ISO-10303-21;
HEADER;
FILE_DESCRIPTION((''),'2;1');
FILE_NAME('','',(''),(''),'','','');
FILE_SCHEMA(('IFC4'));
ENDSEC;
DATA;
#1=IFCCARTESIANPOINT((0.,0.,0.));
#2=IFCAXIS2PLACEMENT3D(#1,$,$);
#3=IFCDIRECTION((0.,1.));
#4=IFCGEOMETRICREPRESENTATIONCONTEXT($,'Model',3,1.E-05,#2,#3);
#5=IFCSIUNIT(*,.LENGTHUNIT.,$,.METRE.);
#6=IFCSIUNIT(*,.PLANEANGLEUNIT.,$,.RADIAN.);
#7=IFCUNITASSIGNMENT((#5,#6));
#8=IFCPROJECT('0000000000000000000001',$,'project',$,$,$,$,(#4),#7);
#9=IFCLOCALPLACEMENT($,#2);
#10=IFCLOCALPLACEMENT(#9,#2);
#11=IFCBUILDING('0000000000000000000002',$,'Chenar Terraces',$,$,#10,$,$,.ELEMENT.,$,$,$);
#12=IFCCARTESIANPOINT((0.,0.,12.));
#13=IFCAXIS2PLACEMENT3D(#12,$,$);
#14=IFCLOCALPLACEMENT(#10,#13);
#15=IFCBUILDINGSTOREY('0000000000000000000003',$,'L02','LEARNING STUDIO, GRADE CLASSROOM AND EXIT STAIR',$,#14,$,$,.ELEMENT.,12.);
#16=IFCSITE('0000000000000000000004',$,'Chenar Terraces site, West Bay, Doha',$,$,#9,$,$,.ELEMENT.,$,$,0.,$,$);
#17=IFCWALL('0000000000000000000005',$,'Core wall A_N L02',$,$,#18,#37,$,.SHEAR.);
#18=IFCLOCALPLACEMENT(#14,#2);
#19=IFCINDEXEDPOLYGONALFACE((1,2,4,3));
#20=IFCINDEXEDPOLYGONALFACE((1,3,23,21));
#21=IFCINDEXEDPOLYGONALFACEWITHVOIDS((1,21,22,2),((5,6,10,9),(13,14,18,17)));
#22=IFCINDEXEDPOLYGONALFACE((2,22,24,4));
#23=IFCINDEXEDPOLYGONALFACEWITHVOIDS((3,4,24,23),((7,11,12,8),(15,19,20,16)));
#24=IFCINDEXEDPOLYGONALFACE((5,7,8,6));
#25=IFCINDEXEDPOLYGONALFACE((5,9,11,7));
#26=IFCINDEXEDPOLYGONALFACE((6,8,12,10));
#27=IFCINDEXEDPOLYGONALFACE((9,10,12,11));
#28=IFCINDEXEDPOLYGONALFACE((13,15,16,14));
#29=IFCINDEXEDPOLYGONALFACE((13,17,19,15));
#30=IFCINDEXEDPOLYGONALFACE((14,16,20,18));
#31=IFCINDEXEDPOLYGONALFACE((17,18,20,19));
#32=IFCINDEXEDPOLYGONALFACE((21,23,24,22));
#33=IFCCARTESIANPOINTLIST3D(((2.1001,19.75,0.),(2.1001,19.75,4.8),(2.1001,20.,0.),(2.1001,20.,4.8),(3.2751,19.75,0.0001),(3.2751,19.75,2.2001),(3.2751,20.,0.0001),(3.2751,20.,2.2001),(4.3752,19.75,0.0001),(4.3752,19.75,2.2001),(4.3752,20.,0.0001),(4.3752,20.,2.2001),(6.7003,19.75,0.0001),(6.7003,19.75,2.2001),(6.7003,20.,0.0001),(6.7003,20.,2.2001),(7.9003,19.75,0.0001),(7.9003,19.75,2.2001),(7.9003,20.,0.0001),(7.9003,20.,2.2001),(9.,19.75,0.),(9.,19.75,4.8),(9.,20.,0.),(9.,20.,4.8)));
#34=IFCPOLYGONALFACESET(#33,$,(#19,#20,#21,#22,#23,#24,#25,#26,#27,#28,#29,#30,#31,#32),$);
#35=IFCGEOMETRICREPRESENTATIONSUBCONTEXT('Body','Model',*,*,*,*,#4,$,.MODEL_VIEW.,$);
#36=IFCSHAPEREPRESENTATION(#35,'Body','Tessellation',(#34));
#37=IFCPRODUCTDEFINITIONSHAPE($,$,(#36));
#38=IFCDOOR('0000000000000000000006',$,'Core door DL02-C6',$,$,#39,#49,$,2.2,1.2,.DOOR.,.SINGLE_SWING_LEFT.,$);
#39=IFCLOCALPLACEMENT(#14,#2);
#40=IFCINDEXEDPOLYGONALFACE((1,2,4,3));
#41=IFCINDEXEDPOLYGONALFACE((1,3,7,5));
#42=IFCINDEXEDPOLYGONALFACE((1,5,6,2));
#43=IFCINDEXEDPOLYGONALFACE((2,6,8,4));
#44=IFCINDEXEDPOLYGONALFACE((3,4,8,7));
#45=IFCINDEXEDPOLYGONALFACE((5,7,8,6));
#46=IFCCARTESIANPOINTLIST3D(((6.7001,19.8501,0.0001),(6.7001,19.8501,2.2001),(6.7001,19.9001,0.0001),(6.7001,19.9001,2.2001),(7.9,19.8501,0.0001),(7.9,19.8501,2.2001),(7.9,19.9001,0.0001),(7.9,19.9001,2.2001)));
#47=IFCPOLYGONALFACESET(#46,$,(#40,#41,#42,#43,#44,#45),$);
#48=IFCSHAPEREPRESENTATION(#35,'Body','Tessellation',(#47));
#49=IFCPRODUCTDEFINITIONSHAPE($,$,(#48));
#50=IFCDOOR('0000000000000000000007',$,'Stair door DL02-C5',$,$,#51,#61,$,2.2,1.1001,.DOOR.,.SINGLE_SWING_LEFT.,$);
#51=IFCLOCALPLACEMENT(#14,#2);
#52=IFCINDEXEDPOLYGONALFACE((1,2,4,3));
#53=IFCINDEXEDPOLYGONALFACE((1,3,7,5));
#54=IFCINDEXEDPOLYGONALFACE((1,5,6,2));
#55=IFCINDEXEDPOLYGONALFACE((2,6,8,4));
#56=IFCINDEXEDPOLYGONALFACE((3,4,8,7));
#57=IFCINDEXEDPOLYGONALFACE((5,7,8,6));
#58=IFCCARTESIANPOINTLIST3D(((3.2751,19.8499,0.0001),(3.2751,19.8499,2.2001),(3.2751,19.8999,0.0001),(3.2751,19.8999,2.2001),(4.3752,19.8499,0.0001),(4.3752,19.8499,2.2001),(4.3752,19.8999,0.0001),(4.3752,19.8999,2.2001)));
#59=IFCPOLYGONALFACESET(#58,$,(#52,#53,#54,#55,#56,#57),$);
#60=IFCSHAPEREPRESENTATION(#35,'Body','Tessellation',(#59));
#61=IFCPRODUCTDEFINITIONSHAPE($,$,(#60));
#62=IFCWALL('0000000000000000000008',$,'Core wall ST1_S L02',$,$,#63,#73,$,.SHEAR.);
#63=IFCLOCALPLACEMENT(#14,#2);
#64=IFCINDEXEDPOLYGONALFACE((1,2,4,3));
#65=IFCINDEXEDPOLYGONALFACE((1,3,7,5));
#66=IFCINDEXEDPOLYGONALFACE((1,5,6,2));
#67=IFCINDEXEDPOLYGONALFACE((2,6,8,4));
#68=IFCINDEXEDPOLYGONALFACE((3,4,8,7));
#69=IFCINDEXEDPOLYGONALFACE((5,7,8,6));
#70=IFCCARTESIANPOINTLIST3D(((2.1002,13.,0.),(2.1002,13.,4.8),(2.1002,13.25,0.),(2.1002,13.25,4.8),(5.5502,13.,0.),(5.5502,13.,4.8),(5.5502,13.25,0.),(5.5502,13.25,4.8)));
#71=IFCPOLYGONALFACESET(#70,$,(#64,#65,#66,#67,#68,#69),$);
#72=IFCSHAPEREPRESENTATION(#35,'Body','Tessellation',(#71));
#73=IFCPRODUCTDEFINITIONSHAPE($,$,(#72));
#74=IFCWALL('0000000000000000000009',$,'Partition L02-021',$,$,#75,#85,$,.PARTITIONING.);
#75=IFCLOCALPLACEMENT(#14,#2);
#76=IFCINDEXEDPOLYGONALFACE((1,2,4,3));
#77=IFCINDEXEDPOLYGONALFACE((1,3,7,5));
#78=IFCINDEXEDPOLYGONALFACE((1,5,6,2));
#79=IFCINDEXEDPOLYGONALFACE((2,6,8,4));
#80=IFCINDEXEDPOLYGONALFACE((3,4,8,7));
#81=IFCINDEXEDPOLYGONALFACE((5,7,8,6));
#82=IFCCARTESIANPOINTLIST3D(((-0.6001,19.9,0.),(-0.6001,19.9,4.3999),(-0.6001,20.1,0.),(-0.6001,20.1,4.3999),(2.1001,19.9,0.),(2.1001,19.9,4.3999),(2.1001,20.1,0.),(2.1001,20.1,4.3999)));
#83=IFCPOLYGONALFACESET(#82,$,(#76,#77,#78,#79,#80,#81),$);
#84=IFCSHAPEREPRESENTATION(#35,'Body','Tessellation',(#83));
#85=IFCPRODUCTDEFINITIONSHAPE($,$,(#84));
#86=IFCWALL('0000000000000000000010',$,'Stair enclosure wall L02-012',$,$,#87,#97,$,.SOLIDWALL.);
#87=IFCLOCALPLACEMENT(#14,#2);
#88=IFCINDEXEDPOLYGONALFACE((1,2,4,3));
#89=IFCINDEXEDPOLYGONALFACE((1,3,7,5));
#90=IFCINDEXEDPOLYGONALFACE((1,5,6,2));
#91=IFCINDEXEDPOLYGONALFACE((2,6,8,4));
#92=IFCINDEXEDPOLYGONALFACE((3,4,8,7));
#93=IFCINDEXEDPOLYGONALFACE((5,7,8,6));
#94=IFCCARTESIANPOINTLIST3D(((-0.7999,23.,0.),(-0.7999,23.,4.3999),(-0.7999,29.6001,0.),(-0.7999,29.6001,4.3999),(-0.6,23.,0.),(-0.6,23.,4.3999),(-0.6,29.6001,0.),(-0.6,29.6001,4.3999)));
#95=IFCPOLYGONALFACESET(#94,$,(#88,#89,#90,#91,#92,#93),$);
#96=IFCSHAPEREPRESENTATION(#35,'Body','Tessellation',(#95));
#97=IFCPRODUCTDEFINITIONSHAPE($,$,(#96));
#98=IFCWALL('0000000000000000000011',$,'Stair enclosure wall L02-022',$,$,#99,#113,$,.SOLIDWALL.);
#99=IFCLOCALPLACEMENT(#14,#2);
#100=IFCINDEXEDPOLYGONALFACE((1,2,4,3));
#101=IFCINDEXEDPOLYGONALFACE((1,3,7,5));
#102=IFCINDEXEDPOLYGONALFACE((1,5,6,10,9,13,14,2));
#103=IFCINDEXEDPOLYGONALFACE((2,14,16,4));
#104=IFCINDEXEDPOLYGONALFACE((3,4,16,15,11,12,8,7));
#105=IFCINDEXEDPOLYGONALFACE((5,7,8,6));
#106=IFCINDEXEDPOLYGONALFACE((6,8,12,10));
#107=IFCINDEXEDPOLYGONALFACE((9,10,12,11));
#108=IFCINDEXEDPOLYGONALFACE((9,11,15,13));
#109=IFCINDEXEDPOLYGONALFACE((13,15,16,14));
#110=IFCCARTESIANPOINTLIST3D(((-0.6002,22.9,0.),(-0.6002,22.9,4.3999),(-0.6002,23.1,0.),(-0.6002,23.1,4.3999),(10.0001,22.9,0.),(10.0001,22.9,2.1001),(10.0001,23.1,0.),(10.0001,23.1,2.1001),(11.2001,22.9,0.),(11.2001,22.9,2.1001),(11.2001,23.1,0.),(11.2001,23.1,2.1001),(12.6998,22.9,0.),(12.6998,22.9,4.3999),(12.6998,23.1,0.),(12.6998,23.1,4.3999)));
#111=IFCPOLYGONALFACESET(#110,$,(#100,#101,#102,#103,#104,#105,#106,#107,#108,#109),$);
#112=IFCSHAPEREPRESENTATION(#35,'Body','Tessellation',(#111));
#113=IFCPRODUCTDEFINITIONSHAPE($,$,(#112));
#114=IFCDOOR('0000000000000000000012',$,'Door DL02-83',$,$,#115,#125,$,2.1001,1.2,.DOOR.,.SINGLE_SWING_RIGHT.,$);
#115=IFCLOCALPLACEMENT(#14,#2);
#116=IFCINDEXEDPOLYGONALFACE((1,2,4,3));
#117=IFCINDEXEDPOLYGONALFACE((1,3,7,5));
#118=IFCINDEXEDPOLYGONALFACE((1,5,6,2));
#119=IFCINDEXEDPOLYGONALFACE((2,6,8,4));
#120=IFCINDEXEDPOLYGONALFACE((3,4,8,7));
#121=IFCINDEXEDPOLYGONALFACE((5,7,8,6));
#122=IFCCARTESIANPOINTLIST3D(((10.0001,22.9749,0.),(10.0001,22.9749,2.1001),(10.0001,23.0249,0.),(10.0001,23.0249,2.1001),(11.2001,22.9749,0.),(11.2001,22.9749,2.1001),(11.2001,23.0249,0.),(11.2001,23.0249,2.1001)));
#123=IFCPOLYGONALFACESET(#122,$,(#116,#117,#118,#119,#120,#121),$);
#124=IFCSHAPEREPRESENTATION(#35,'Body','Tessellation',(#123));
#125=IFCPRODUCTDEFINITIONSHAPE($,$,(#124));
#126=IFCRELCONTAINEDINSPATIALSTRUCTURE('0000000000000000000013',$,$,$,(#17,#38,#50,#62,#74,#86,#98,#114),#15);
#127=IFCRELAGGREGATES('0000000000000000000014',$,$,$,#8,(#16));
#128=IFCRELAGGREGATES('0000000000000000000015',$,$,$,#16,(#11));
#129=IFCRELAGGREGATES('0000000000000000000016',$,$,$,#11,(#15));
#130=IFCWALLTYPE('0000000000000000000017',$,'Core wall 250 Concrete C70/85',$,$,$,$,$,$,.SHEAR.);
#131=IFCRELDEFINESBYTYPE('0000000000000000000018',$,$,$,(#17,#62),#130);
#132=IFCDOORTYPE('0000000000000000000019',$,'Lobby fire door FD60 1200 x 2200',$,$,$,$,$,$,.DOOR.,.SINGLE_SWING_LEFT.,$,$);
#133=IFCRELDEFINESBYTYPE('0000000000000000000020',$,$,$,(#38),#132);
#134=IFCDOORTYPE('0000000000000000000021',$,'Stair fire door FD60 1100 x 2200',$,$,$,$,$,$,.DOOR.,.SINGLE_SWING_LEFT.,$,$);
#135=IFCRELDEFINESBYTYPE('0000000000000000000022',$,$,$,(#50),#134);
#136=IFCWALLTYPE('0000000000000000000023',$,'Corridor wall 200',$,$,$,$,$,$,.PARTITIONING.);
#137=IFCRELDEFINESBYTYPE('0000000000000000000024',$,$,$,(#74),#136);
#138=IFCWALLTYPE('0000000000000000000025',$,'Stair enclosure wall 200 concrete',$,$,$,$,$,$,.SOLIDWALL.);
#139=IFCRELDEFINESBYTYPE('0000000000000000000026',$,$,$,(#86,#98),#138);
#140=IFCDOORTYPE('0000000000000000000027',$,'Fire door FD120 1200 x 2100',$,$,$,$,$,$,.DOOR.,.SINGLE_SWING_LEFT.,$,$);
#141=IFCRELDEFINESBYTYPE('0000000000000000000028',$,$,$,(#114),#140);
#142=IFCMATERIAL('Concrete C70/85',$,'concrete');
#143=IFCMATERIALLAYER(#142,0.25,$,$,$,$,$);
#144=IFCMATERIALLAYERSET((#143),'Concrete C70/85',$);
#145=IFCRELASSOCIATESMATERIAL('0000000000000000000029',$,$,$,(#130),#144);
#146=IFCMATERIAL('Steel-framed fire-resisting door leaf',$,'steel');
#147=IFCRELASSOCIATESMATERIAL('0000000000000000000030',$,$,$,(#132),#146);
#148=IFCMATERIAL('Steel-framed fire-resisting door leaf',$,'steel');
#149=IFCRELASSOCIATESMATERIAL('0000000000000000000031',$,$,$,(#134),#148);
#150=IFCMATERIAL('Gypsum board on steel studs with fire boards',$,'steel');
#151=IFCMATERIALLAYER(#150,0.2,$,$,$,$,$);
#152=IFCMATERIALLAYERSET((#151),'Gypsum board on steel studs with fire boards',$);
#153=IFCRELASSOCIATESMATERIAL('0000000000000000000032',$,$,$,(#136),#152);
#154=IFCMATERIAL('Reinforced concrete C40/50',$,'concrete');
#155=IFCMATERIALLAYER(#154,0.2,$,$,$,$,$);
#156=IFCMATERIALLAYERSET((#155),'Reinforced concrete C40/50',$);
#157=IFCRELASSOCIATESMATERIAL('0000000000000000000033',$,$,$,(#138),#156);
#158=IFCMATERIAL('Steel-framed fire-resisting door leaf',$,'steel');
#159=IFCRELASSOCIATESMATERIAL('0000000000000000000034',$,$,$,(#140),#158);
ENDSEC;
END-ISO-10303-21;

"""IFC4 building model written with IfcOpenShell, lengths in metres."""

from ifc_helpers import new_model, si_unit, direction, frame, frame_2d, origin, place, context, subcontext, project, spatial, rectangle, extrude, material, layer, layer_set, type_object, element, fill, save


model = new_model("IFC4")

# Units and contexts
model_context = context("Model", 3, precision=1e-05, world=origin(), true_north=direction((0.0, 1.0)))
body_context = subcontext(model_context, "Body", "Model", "MODEL_VIEW")
ifc_project = project(units=[si_unit("LENGTHUNIT", "METRE"), si_unit("PLANEANGLEUNIT", "RADIAN")], contexts=[model_context])

# Site, building, storey
site_placement = place(None, origin())
site = spatial("IfcSite", under=ifc_project, at=site_placement, Name="Chenar Terraces site, West Bay, Doha", CompositionType="ELEMENT", RefElevation=0.0)
building_placement = place(site_placement, origin())
building = spatial("IfcBuilding", under=site, at=building_placement, Name="Chenar Terraces", CompositionType="ELEMENT")
storey_placement = place(building_placement, frame((0.0, 0.0, 12.0)))
storey = spatial("IfcBuildingStorey", under=building, at=storey_placement, Name="L02", Description="LEARNING STUDIO, GRADE CLASSROOM AND EXIT STAIR", CompositionType="ELEMENT", Elevation=12.0)

# Wall, openings, doors
ifc_material_1 = material(Name="Concrete C70/85", Category="concrete")
ifc_layer_1 = layer(ifc_material_1, 0.25)
ifc_layer_set_1 = layer_set([ifc_layer_1], Name="Concrete C70/85")
wall_type_1 = type_object("IfcWallType", Name="Core wall 250 Concrete C70/85", PredefinedType="SHEAR", material=ifc_layer_set_1)
wall_1_placement = place(storey_placement, frame((2.1001, 19.875, 0.0), z_axis=(0.0, 0.0, 1.0), x_axis=(1.0, 0.0, 0.0)))
wall_1 = element("IfcWall", 1, at=wall_1_placement, inside=storey, type_object=wall_type_1, Name="Core wall A_N L02", PredefinedType="SHEAR", context=body_context, shape_type="SweptSolid", body=[
    extrude(rectangle(XDim=6.8999, YDim=0.25, at=frame_2d((3.45, 0.0))), origin(), (0.0, 0.0, 1.0), 4.8),
])
opening_1_placement = place(wall_1_placement, frame((1.175, 0.0, 0.0)))
opening_1 = element("IfcOpeningElement", 2, at=opening_1_placement, cuts=wall_1, PredefinedType="OPENING", context=body_context, shape_type="SweptSolid", body=[
    extrude(rectangle(XDim=1.1001, YDim=2.2, at=frame_2d((0.55, 1.1001))), frame((0.0, 0.135, 0.0), z_axis=(0.0, -1.0, 0.0), x_axis=(1.0, 0.0, 0.0)), (0.0, 0.0, 1.0), 0.27),
])
opening_2_placement = place(wall_1_placement, frame((4.6001, 0.0, 0.0)))
opening_2 = element("IfcOpeningElement", 3, at=opening_2_placement, cuts=wall_1, PredefinedType="OPENING", context=body_context, shape_type="SweptSolid", body=[
    extrude(rectangle(XDim=1.2, YDim=2.2, at=frame_2d((0.6001, 1.1001))), frame((0.0, 0.135, 0.0), z_axis=(0.0, -1.0, 0.0), x_axis=(1.0, 0.0, 0.0)), (0.0, 0.0, 1.0), 0.27),
])
ifc_material_2 = material(Name="Steel-framed fire-resisting door leaf", Category="steel")
door_type_1 = type_object("IfcDoorType", Name="Lobby fire door FD60 1200 x 2200", OperationType="SINGLE_SWING_LEFT", PredefinedType="DOOR", material=ifc_material_2)
door_1_placement = place(opening_2_placement, frame((1.2, 0.0, 0.0), z_axis=(0.0, 0.0, 1.0), x_axis=(-1.0, 0.0, 0.0)))
door_1 = element("IfcDoor", 4, at=door_1_placement, inside=storey, type_object=door_type_1, Name="Core door DL02-C6", OperationType="SINGLE_SWING_LEFT", OverallHeight=2.2, OverallWidth=1.2, PredefinedType="DOOR", context=body_context, shape_type="SweptSolid", body=[
    extrude(rectangle(XDim=1.2, YDim=2.2, at=frame_2d((0.6001, 1.1001))), frame((0.0, 0.0249, 0.0), z_axis=(0.0, -1.0, 0.0), x_axis=(1.0, 0.0, 0.0)), (0.0, 0.0, 1.0), 0.05),
])
fill(opening_2, door_1)
ifc_material_3 = material(Name="Steel-framed fire-resisting door leaf", Category="steel")
door_type_2 = type_object("IfcDoorType", Name="Stair fire door FD60 1100 x 2200", OperationType="SINGLE_SWING_LEFT", PredefinedType="DOOR", material=ifc_material_3)
door_2_placement = place(opening_1_placement, origin())
door_2 = element("IfcDoor", 5, at=door_2_placement, inside=storey, type_object=door_type_2, Name="Stair door DL02-C5", OperationType="SINGLE_SWING_LEFT", OverallHeight=2.2, OverallWidth=1.1001, PredefinedType="DOOR", context=body_context, shape_type="SweptSolid", body=[
    extrude(rectangle(XDim=1.1001, YDim=2.2, at=frame_2d((0.55, 1.1001))), frame((0.0, 0.0249, 0.0), z_axis=(0.0, -1.0, 0.0), x_axis=(1.0, 0.0, 0.0)), (0.0, 0.0, 1.0), 0.05),
])
fill(opening_1, door_2)

# Walls
wall_2_placement = place(storey_placement, frame((2.1001, 13.125, 0.0), z_axis=(0.0, 0.0, 1.0), x_axis=(1.0, 0.0, 0.0)))
element("IfcWall", 6, at=wall_2_placement, inside=storey, type_object=wall_type_1, Name="Core wall ST1_S L02", PredefinedType="SHEAR", context=body_context, shape_type="SweptSolid", body=[
    extrude(rectangle(XDim=3.45, YDim=0.25, at=frame_2d((1.7251, 0.0))), origin(), (0.0, 0.0, 1.0), 4.8),
])
ifc_material_4 = material(Name="Gypsum board on steel studs with fire boards", Category="steel")
ifc_layer_2 = layer(ifc_material_4, 0.2)
ifc_layer_set_2 = layer_set([ifc_layer_2], Name="Gypsum board on steel studs with fire boards")
wall_type_2 = type_object("IfcWallType", Name="Corridor wall 200", PredefinedType="PARTITIONING", material=ifc_layer_set_2)
wall_3_placement = place(storey_placement, frame((-0.6001, 20.0, 0.0), z_axis=(0.0, 0.0, 1.0), x_axis=(1.0, 0.0, 0.0)))
element("IfcWall", 7, at=wall_3_placement, inside=storey, type_object=wall_type_2, Name="Partition L02-021", PredefinedType="PARTITIONING", context=body_context, shape_type="SweptSolid", body=[
    extrude(rectangle(XDim=2.7002, YDim=0.2, at=frame_2d((1.3501, 0.0))), origin(), (0.0, 0.0, 1.0), 4.3999),
])

# Wall
ifc_material_5 = material(Name="Reinforced concrete C40/50", Category="concrete")
ifc_layer_3 = layer(ifc_material_5, 0.2)
ifc_layer_set_3 = layer_set([ifc_layer_3], Name="Reinforced concrete C40/50")
wall_type_3 = type_object("IfcWallType", Name="Stair enclosure wall 200 concrete", PredefinedType="SOLIDWALL", material=ifc_layer_set_3)
wall_4_placement = place(storey_placement, frame((-0.7, 23.0, 0.0), z_axis=(0.0, 0.0, 1.0), x_axis=(0.0, 1.0, 0.0)))
element("IfcWall", 8, at=wall_4_placement, inside=storey, type_object=wall_type_3, Name="Stair enclosure wall L02-012", PredefinedType="SOLIDWALL", context=body_context, shape_type="SweptSolid", body=[
    extrude(rectangle(XDim=6.6001, YDim=0.2, at=frame_2d((3.3, 0.0))), origin(), (0.0, 0.0, 1.0), 4.3999),
])

# Wall, opening, door
wall_5_placement = place(storey_placement, frame((-0.6001, 23.0, 0.0), z_axis=(0.0, 0.0, 1.0), x_axis=(1.0, 0.0, 0.0)))
wall_5 = element("IfcWall", 9, at=wall_5_placement, inside=storey, type_object=wall_type_3, Name="Stair enclosure wall L02-022", PredefinedType="SOLIDWALL", context=body_context, shape_type="SweptSolid", body=[
    extrude(rectangle(XDim=13.3, YDim=0.2, at=frame_2d((6.6499, 0.0))), origin(), (0.0, 0.0, 1.0), 4.3999),
])
opening_3_placement = place(wall_5_placement, frame((10.6001, 0.0, 0.0)))
opening_3 = element("IfcOpeningElement", 10, at=opening_3_placement, cuts=wall_5, PredefinedType="OPENING", context=body_context, shape_type="SweptSolid", body=[
    extrude(rectangle(XDim=1.2, YDim=2.1001, at=frame_2d((0.6001, 1.05))), frame((0.0, 0.1099, 0.0), z_axis=(0.0, -1.0, 0.0), x_axis=(1.0, 0.0, 0.0)), (0.0, 0.0, 1.0), 0.22),
])
ifc_material_6 = material(Name="Steel-framed fire-resisting door leaf", Category="steel")
door_type_3 = type_object("IfcDoorType", Name="Fire door FD120 1200 x 2100", OperationType="SINGLE_SWING_LEFT", PredefinedType="DOOR", material=ifc_material_6)
door_3_placement = place(opening_3_placement, origin())
door_3 = element("IfcDoor", 11, at=door_3_placement, inside=storey, type_object=door_type_3, Name="Door DL02-83", OperationType="SINGLE_SWING_RIGHT", OverallHeight=2.1001, OverallWidth=1.2, PredefinedType="DOOR", context=body_context, shape_type="SweptSolid", body=[
    extrude(rectangle(XDim=1.2, YDim=2.1001, at=frame_2d((0.6001, 1.05))), frame((0.0, 0.0249, 0.0), z_axis=(0.0, -1.0, 0.0), x_axis=(1.0, 0.0, 0.0)), (0.0, 0.0, 1.0), 0.05),
])
fill(opening_3, door_3)

save(model, "model.ifc")
